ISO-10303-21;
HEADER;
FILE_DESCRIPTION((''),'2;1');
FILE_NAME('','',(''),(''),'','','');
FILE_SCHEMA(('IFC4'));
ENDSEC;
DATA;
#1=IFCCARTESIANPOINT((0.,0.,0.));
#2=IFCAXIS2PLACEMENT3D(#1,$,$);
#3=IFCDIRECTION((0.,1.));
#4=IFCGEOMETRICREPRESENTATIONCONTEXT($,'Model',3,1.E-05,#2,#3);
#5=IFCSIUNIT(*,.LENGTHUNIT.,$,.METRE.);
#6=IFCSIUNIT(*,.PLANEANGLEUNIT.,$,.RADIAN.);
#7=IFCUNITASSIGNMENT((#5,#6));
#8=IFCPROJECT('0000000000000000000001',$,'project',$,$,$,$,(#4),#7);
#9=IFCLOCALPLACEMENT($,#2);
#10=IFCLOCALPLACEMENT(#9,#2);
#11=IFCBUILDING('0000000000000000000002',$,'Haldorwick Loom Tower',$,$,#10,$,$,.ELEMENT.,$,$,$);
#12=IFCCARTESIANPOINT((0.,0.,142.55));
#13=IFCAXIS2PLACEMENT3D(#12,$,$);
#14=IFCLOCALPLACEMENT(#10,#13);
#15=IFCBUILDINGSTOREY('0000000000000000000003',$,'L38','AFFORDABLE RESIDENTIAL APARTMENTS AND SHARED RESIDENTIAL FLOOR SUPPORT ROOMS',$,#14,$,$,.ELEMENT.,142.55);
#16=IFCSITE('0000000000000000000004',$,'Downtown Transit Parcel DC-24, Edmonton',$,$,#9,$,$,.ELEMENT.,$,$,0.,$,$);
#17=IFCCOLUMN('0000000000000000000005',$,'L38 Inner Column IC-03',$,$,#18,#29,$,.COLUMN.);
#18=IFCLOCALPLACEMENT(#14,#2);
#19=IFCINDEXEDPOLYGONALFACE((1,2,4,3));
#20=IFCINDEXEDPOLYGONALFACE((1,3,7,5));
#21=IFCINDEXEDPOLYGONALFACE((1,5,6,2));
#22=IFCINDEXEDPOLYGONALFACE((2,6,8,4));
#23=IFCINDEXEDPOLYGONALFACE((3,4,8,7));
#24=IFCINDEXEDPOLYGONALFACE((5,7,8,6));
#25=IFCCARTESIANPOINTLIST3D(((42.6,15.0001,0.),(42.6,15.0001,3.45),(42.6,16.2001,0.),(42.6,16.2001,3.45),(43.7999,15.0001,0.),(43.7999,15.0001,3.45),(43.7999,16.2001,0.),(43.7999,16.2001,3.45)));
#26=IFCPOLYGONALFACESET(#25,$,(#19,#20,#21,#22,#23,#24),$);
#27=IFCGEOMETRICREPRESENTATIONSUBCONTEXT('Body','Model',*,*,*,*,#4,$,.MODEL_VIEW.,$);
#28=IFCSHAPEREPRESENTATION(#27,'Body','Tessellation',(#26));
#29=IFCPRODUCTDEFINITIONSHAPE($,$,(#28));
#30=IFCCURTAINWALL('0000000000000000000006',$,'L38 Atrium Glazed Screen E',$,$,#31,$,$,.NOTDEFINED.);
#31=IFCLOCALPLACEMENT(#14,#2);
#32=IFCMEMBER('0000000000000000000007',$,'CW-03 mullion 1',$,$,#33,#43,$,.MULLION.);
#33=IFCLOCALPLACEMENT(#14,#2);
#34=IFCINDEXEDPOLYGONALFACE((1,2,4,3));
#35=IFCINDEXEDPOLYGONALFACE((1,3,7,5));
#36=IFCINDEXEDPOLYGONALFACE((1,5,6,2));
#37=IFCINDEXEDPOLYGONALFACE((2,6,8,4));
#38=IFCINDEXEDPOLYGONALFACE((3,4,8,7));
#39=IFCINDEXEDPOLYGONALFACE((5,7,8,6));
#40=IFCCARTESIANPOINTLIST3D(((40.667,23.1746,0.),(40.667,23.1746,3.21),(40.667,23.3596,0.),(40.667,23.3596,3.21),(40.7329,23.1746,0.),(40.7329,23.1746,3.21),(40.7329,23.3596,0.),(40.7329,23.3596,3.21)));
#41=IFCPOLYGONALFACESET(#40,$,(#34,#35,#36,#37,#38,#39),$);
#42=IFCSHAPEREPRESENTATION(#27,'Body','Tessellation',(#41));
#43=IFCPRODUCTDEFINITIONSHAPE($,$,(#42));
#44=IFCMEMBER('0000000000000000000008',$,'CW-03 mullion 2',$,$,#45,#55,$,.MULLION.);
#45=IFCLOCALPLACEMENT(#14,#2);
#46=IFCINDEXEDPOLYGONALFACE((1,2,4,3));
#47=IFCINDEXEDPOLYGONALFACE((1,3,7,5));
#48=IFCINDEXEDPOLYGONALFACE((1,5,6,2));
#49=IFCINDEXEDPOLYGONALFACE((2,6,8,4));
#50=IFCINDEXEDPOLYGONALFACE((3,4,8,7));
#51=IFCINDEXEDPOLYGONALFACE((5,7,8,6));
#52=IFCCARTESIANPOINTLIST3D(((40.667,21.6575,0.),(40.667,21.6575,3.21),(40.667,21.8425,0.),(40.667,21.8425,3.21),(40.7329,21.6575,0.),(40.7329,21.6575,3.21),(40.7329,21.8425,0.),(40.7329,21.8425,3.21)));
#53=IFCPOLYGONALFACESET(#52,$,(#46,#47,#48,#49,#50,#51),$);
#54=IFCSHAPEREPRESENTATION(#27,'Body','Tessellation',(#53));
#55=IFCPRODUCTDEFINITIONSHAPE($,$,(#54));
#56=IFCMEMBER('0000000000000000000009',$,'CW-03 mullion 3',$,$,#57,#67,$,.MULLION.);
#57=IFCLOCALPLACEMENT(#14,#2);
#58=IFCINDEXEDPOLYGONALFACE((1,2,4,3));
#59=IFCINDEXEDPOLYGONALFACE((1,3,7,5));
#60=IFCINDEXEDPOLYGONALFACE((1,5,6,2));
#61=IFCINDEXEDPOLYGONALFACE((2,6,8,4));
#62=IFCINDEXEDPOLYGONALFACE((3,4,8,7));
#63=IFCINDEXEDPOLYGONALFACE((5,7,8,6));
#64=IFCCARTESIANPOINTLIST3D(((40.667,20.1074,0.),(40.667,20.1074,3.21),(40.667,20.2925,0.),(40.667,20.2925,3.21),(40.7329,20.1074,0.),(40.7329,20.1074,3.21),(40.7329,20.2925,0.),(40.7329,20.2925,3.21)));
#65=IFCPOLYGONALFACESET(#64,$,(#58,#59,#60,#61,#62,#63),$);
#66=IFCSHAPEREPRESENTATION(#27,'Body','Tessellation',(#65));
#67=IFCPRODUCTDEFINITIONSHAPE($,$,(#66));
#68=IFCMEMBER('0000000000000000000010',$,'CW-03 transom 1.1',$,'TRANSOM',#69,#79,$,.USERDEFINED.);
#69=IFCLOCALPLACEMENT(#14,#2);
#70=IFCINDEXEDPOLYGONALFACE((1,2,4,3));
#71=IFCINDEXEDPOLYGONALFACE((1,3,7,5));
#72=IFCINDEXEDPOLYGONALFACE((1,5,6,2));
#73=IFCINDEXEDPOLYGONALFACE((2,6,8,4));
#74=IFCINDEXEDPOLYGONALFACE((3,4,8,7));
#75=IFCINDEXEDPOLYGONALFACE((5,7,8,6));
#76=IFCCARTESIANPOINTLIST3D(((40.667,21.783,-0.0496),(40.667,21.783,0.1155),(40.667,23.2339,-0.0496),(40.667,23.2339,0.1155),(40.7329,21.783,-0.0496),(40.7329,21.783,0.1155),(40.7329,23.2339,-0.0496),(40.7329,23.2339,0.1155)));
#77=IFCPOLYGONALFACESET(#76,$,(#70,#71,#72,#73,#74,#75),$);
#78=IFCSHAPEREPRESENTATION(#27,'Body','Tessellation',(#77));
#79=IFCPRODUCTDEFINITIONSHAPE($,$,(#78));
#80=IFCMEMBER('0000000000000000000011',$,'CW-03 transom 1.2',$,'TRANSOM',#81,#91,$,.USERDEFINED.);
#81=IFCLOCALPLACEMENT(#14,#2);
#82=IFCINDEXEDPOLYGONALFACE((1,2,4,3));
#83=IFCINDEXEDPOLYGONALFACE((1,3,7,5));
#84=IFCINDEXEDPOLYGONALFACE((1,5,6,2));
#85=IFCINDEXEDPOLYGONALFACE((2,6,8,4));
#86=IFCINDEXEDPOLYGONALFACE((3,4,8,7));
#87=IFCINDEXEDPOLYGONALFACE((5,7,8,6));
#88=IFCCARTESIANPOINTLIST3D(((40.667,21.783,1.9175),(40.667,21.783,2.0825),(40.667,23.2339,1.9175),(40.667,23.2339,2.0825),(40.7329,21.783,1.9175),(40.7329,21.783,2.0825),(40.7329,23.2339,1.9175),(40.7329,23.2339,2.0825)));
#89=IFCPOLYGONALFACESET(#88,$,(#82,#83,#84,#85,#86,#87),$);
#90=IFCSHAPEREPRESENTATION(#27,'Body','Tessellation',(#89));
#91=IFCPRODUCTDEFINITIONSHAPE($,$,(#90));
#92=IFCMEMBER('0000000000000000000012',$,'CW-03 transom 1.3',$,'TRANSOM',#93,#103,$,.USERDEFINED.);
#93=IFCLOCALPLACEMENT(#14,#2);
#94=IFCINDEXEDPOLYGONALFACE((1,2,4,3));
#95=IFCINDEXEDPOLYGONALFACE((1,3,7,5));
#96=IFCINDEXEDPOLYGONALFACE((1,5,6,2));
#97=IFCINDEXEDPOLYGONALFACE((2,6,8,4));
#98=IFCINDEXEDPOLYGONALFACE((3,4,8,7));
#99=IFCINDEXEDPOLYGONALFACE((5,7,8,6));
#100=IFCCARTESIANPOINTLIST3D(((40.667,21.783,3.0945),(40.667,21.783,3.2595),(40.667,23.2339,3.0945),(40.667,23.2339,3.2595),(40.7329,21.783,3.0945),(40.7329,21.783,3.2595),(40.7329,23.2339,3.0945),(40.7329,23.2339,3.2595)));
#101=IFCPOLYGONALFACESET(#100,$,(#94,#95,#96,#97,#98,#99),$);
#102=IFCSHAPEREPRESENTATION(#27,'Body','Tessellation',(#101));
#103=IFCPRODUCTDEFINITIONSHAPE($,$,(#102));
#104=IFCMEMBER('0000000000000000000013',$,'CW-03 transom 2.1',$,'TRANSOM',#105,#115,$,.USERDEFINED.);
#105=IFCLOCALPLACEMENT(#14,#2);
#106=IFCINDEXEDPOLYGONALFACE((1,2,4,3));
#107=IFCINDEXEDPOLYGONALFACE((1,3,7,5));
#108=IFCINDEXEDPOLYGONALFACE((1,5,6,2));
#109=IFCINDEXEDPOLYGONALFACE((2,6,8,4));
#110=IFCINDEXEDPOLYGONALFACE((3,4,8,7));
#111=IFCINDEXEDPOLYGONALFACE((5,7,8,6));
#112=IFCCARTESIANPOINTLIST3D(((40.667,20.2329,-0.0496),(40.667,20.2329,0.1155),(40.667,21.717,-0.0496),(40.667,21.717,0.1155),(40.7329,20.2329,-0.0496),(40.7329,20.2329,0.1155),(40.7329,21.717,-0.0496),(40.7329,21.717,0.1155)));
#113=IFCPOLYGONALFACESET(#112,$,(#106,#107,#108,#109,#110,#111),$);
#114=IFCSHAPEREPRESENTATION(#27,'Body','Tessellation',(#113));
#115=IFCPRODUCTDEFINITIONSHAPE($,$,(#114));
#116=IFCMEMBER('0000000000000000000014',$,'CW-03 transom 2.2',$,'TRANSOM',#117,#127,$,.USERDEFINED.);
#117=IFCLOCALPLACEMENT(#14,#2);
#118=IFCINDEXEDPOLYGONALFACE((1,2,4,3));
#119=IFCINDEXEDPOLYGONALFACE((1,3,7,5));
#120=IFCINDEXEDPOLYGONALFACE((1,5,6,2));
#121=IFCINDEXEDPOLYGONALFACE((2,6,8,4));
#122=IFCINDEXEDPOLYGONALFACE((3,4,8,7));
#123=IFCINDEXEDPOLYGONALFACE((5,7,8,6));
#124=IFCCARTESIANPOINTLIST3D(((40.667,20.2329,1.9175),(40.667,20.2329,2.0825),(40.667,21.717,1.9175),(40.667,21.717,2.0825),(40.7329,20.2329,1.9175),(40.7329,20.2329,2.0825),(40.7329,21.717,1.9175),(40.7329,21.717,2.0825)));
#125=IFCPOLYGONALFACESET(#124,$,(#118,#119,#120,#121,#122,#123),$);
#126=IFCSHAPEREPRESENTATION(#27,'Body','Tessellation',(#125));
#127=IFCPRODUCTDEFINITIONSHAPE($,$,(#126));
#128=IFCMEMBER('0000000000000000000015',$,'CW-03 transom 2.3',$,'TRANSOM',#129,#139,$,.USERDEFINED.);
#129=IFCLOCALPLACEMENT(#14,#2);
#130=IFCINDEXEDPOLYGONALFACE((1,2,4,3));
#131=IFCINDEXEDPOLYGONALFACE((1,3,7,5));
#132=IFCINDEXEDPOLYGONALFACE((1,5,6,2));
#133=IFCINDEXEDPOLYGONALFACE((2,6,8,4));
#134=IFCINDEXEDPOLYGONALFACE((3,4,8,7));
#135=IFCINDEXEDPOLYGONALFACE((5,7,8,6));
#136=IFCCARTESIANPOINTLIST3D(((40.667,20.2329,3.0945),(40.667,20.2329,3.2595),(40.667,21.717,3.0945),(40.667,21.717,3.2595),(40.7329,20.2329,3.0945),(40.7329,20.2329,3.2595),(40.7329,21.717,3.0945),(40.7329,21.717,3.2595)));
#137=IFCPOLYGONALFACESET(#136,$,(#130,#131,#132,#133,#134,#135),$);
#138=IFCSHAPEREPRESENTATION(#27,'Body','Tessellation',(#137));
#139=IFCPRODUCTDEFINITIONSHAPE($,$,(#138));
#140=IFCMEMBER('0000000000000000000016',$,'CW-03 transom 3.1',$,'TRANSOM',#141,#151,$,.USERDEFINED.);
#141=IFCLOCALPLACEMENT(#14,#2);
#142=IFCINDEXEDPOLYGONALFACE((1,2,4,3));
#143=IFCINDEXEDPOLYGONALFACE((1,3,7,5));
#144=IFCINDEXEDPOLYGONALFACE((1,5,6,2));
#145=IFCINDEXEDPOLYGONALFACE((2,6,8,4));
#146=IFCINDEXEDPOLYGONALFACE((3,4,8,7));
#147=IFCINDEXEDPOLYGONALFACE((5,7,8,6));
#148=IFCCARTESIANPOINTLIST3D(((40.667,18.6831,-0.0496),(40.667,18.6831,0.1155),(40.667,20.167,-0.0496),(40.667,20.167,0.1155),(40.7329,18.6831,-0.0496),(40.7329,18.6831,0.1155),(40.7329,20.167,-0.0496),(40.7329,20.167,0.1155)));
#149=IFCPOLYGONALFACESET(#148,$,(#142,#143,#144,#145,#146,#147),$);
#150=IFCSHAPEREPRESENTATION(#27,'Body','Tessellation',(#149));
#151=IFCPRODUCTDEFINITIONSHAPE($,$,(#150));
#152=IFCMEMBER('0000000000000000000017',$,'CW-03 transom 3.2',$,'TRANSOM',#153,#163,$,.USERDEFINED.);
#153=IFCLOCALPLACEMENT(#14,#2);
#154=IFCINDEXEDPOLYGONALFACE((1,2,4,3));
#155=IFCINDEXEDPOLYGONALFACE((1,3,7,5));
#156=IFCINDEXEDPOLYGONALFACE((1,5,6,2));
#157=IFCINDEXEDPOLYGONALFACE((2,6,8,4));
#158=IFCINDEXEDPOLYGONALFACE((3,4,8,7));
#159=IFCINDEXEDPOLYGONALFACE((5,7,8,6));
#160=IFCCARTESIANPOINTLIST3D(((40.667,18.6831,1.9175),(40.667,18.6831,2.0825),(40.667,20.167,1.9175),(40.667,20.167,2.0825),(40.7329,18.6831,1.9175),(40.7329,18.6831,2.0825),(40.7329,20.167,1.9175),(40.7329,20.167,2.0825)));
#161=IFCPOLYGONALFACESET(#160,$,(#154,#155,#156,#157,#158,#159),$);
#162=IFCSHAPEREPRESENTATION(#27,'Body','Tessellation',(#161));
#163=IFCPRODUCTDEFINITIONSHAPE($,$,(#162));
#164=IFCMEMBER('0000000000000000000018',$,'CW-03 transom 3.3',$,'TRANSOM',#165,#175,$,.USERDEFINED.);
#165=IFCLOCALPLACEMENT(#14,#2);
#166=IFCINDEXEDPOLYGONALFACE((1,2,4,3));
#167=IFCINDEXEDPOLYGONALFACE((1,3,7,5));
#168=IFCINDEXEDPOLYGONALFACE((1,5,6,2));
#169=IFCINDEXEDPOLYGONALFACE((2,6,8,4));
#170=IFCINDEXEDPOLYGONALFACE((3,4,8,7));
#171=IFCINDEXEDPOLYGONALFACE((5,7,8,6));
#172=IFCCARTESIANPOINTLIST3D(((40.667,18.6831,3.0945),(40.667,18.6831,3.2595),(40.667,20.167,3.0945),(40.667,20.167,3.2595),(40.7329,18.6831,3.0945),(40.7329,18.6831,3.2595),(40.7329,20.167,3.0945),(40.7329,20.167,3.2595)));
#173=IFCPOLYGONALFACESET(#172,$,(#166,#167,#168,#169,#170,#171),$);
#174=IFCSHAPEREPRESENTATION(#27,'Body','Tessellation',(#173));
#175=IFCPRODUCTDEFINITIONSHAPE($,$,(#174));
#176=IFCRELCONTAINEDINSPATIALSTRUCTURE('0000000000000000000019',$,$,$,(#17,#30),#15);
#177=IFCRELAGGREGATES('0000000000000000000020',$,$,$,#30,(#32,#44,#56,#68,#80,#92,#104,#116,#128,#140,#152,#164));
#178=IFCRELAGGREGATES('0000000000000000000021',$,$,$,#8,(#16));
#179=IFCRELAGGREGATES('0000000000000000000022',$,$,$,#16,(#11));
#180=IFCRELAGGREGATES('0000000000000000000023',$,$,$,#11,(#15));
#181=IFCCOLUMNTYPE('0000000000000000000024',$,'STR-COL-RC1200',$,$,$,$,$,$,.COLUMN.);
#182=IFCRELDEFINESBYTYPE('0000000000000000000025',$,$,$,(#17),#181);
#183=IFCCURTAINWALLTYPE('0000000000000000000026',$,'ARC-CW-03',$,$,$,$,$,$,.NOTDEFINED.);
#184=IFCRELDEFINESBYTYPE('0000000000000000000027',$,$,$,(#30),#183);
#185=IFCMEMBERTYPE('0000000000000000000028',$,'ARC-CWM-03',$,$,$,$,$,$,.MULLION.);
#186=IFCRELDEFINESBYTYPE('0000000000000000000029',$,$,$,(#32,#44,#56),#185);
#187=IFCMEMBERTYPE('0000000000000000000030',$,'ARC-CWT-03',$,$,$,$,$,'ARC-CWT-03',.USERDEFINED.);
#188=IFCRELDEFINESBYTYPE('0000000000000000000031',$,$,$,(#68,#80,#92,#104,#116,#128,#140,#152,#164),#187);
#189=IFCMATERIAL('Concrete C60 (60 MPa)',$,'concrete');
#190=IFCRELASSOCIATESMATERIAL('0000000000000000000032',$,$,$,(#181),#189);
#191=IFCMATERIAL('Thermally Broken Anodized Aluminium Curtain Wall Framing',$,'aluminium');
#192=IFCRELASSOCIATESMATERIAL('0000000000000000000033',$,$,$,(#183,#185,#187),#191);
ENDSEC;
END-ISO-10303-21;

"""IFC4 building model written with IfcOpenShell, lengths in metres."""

from ifc_helpers import new_model, si_unit, direction, frame, origin, origin_2d, place, context, subcontext, project, spatial, rectangle, extrude, material, material_profile, profile_set, type_object, element, aggregate, save


model = new_model("IFC4")

# Units and contexts
model_context = context("Model", 3, precision=1e-05, world=origin(), true_north=direction((0.0, 1.0)))
body_context = subcontext(model_context, "Body", "Model", "MODEL_VIEW")
ifc_project = project(units=[si_unit("LENGTHUNIT", "METRE"), si_unit("PLANEANGLEUNIT", "RADIAN")], contexts=[model_context])

# Site, building, storey
site_placement = place(None, origin())
site = spatial("IfcSite", under=ifc_project, at=site_placement, Name="Downtown Transit Parcel DC-24, Edmonton", CompositionType="ELEMENT", RefElevation=0.0)
building_placement = place(site_placement, origin())
building = spatial("IfcBuilding", under=site, at=building_placement, Name="Haldorwick Loom Tower", CompositionType="ELEMENT")
storey_placement = place(building_placement, frame((0.0, 0.0, 142.55)))
storey = spatial("IfcBuildingStorey", under=building, at=storey_placement, Name="L38", Description="AFFORDABLE RESIDENTIAL APARTMENTS AND SHARED RESIDENTIAL FLOOR SUPPORT ROOMS", CompositionType="ELEMENT", Elevation=142.55)

# Column
ifc_material_1 = material(Name="Concrete C60 (60 MPa)", Category="concrete")
ifc_material_profile_1 = material_profile(ifc_material_1, rectangle(XDim=1.2, YDim=1.2, at=origin_2d()), Name="RC1200X1200", Category="concrete")
ifc_profile_set_1 = profile_set([ifc_material_profile_1], Name="Concrete C60 (60 MPa)")
column_type = type_object("IfcColumnType", Name="STR-COL-RC1200", PredefinedType="COLUMN", material=ifc_profile_set_1)
column_placement = place(storey_placement, frame((43.2, 15.6001, 0.0), z_axis=(0.0, 0.0, 1.0), x_axis=(1.0, 0.0, 0.0)))
element("IfcColumn", 1, at=column_placement, inside=storey, type_object=column_type, Name="L38 Inner Column IC-03", PredefinedType="COLUMN", context=body_context, shape_type="SweptSolid", body=[
    extrude(rectangle(XDim=1.2, YDim=1.2, at=origin_2d()), origin(), (0.0, 0.0, 1.0), 3.45),
])

# Curtain wall, members
ifc_material_2 = material(Name="Thermally Broken Anodized Aluminium Curtain Wall Framing", Category="aluminium")
curtain_wall_type = type_object("IfcCurtainWallType", Name="ARC-CW-03", PredefinedType="NOTDEFINED", material=ifc_material_2)
curtain_wall_placement = place(storey_placement, origin())
curtain_wall = element("IfcCurtainWall", 2, at=curtain_wall_placement, inside=storey, type_object=curtain_wall_type, Name="L38 Atrium Glazed Screen E", PredefinedType="NOTDEFINED")
ifc_material_profile_2 = material_profile(ifc_material_2, rectangle(XDim=0.0659, YDim=0.1851, at=origin_2d()), Name="ALU_MUL_66X185", Category="aluminium")
ifc_profile_set_2 = profile_set([ifc_material_profile_2], Name="Thermally Broken Anodized Aluminium Curtain Wall Framing")
member_type_1 = type_object("IfcMemberType", Name="ARC-CWM-03", PredefinedType="MULLION", material=ifc_profile_set_2)
member_1_placement = place(storey_placement, frame((40.7, 23.2671, 0.0), z_axis=(0.0, 0.0, 1.0), x_axis=(1.0, 0.0, 0.0)))
member_1 = element("IfcMember", 3, at=member_1_placement, type_object=member_type_1, Name="CW-03 mullion 1", PredefinedType="MULLION", context=body_context, shape_type="SweptSolid", body=[
    extrude(rectangle(XDim=0.0659, YDim=0.1851, at=origin_2d()), origin(), (0.0, 0.0, 1.0), 3.21),
])
member_2_placement = place(storey_placement, frame((40.7, 21.75, 0.0), z_axis=(0.0, 0.0, 1.0), x_axis=(1.0, 0.0, 0.0)))
member_2 = element("IfcMember", 4, at=member_2_placement, type_object=member_type_1, Name="CW-03 mullion 2", PredefinedType="MULLION", context=body_context, shape_type="SweptSolid", body=[
    extrude(rectangle(XDim=0.0659, YDim=0.1851, at=origin_2d()), origin(), (0.0, 0.0, 1.0), 3.21),
])
member_3_placement = place(storey_placement, frame((40.7, 20.2, 0.0), z_axis=(0.0, 0.0, 1.0), x_axis=(1.0, 0.0, 0.0)))
member_3 = element("IfcMember", 5, at=member_3_placement, type_object=member_type_1, Name="CW-03 mullion 3", PredefinedType="MULLION", context=body_context, shape_type="SweptSolid", body=[
    extrude(rectangle(XDim=0.0659, YDim=0.1851, at=origin_2d()), origin(), (0.0, 0.0, 1.0), 3.21),
])
ifc_material_profile_3 = material_profile(ifc_material_2, rectangle(XDim=0.0659, YDim=0.165, at=origin_2d()), Name="ALU_TRN_66X165", Category="aluminium")
ifc_profile_set_3 = profile_set([ifc_material_profile_3], Name="Thermally Broken Anodized Aluminium Curtain Wall Framing")
member_type_2 = type_object("IfcMemberType", Name="ARC-CWT-03", ElementType="ARC-CWT-03", PredefinedType="USERDEFINED", material=ifc_profile_set_3)
member_4_placement = place(storey_placement, frame((40.7, 23.2339, 0.033), z_axis=(0.0, -1.0, 0.0), x_axis=(1.0, 0.0, 0.0)))
member_4 = element("IfcMember", 6, at=member_4_placement, type_object=member_type_2, Name="CW-03 transom 1.1", ObjectType="TRANSOM", PredefinedType="USERDEFINED", context=body_context, shape_type="SweptSolid", body=[
    extrude(rectangle(XDim=0.0659, YDim=0.165, at=origin_2d()), origin(), (0.0, 0.0, 1.0), 1.4509),
])
member_5_placement = place(storey_placement, frame((40.7, 23.2339, 2.0), z_axis=(0.0, -1.0, 0.0), x_axis=(1.0, 0.0, 0.0)))
member_5 = element("IfcMember", 7, at=member_5_placement, type_object=member_type_2, Name="CW-03 transom 1.2", ObjectType="TRANSOM", PredefinedType="USERDEFINED", context=body_context, shape_type="SweptSolid", body=[
    extrude(rectangle(XDim=0.0659, YDim=0.165, at=origin_2d()), origin(), (0.0, 0.0, 1.0), 1.4509),
])
member_6_placement = place(storey_placement, frame((40.7, 23.2339, 3.177), z_axis=(0.0, -1.0, 0.0), x_axis=(1.0, 0.0, 0.0)))
member_6 = element("IfcMember", 8, at=member_6_placement, type_object=member_type_2, Name="CW-03 transom 1.3", ObjectType="TRANSOM", PredefinedType="USERDEFINED", context=body_context, shape_type="SweptSolid", body=[
    extrude(rectangle(XDim=0.0659, YDim=0.165, at=origin_2d()), origin(), (0.0, 0.0, 1.0), 1.4509),
])
member_7_placement = place(storey_placement, frame((40.7, 21.717, 0.033), z_axis=(0.0, -1.0, 0.0), x_axis=(1.0, 0.0, 0.0)))
member_7 = element("IfcMember", 9, at=member_7_placement, type_object=member_type_2, Name="CW-03 transom 2.1", ObjectType="TRANSOM", PredefinedType="USERDEFINED", context=body_context, shape_type="SweptSolid", body=[
    extrude(rectangle(XDim=0.0659, YDim=0.165, at=origin_2d()), origin(), (0.0, 0.0, 1.0), 1.4841),
])
member_8_placement = place(storey_placement, frame((40.7, 21.717, 2.0), z_axis=(0.0, -1.0, 0.0), x_axis=(1.0, 0.0, 0.0)))
member_8 = element("IfcMember", 10, at=member_8_placement, type_object=member_type_2, Name="CW-03 transom 2.2", ObjectType="TRANSOM", PredefinedType="USERDEFINED", context=body_context, shape_type="SweptSolid", body=[
    extrude(rectangle(XDim=0.0659, YDim=0.165, at=origin_2d()), origin(), (0.0, 0.0, 1.0), 1.4841),
])
member_9_placement = place(storey_placement, frame((40.7, 21.717, 3.177), z_axis=(0.0, -1.0, 0.0), x_axis=(1.0, 0.0, 0.0)))
member_9 = element("IfcMember", 11, at=member_9_placement, type_object=member_type_2, Name="CW-03 transom 2.3", ObjectType="TRANSOM", PredefinedType="USERDEFINED", context=body_context, shape_type="SweptSolid", body=[
    extrude(rectangle(XDim=0.0659, YDim=0.165, at=origin_2d()), origin(), (0.0, 0.0, 1.0), 1.4841),
])
member_10_placement = place(storey_placement, frame((40.7, 20.167, 0.033), z_axis=(0.0, -1.0, 0.0), x_axis=(1.0, 0.0, 0.0)))
member_10 = element("IfcMember", 12, at=member_10_placement, type_object=member_type_2, Name="CW-03 transom 3.1", ObjectType="TRANSOM", PredefinedType="USERDEFINED", context=body_context, shape_type="SweptSolid", body=[
    extrude(rectangle(XDim=0.0659, YDim=0.165, at=origin_2d()), origin(), (0.0, 0.0, 1.0), 1.4839),
])
member_11_placement = place(storey_placement, frame((40.7, 20.167, 2.0), z_axis=(0.0, -1.0, 0.0), x_axis=(1.0, 0.0, 0.0)))
member_11 = element("IfcMember", 13, at=member_11_placement, type_object=member_type_2, Name="CW-03 transom 3.2", ObjectType="TRANSOM", PredefinedType="USERDEFINED", context=body_context, shape_type="SweptSolid", body=[
    extrude(rectangle(XDim=0.0659, YDim=0.165, at=origin_2d()), origin(), (0.0, 0.0, 1.0), 1.4839),
])
member_12_placement = place(storey_placement, frame((40.7, 20.167, 3.177), z_axis=(0.0, -1.0, 0.0), x_axis=(1.0, 0.0, 0.0)))
member_12 = element("IfcMember", 14, at=member_12_placement, type_object=member_type_2, Name="CW-03 transom 3.3", ObjectType="TRANSOM", PredefinedType="USERDEFINED", context=body_context, shape_type="SweptSolid", body=[
    extrude(rectangle(XDim=0.0659, YDim=0.165, at=origin_2d()), origin(), (0.0, 0.0, 1.0), 1.4839),
])

aggregate(curtain_wall, [member_1, member_2, member_3, member_4, member_5, member_6, member_7, member_8, member_9, member_10, member_11, member_12])

save(model, "model.ifc")
